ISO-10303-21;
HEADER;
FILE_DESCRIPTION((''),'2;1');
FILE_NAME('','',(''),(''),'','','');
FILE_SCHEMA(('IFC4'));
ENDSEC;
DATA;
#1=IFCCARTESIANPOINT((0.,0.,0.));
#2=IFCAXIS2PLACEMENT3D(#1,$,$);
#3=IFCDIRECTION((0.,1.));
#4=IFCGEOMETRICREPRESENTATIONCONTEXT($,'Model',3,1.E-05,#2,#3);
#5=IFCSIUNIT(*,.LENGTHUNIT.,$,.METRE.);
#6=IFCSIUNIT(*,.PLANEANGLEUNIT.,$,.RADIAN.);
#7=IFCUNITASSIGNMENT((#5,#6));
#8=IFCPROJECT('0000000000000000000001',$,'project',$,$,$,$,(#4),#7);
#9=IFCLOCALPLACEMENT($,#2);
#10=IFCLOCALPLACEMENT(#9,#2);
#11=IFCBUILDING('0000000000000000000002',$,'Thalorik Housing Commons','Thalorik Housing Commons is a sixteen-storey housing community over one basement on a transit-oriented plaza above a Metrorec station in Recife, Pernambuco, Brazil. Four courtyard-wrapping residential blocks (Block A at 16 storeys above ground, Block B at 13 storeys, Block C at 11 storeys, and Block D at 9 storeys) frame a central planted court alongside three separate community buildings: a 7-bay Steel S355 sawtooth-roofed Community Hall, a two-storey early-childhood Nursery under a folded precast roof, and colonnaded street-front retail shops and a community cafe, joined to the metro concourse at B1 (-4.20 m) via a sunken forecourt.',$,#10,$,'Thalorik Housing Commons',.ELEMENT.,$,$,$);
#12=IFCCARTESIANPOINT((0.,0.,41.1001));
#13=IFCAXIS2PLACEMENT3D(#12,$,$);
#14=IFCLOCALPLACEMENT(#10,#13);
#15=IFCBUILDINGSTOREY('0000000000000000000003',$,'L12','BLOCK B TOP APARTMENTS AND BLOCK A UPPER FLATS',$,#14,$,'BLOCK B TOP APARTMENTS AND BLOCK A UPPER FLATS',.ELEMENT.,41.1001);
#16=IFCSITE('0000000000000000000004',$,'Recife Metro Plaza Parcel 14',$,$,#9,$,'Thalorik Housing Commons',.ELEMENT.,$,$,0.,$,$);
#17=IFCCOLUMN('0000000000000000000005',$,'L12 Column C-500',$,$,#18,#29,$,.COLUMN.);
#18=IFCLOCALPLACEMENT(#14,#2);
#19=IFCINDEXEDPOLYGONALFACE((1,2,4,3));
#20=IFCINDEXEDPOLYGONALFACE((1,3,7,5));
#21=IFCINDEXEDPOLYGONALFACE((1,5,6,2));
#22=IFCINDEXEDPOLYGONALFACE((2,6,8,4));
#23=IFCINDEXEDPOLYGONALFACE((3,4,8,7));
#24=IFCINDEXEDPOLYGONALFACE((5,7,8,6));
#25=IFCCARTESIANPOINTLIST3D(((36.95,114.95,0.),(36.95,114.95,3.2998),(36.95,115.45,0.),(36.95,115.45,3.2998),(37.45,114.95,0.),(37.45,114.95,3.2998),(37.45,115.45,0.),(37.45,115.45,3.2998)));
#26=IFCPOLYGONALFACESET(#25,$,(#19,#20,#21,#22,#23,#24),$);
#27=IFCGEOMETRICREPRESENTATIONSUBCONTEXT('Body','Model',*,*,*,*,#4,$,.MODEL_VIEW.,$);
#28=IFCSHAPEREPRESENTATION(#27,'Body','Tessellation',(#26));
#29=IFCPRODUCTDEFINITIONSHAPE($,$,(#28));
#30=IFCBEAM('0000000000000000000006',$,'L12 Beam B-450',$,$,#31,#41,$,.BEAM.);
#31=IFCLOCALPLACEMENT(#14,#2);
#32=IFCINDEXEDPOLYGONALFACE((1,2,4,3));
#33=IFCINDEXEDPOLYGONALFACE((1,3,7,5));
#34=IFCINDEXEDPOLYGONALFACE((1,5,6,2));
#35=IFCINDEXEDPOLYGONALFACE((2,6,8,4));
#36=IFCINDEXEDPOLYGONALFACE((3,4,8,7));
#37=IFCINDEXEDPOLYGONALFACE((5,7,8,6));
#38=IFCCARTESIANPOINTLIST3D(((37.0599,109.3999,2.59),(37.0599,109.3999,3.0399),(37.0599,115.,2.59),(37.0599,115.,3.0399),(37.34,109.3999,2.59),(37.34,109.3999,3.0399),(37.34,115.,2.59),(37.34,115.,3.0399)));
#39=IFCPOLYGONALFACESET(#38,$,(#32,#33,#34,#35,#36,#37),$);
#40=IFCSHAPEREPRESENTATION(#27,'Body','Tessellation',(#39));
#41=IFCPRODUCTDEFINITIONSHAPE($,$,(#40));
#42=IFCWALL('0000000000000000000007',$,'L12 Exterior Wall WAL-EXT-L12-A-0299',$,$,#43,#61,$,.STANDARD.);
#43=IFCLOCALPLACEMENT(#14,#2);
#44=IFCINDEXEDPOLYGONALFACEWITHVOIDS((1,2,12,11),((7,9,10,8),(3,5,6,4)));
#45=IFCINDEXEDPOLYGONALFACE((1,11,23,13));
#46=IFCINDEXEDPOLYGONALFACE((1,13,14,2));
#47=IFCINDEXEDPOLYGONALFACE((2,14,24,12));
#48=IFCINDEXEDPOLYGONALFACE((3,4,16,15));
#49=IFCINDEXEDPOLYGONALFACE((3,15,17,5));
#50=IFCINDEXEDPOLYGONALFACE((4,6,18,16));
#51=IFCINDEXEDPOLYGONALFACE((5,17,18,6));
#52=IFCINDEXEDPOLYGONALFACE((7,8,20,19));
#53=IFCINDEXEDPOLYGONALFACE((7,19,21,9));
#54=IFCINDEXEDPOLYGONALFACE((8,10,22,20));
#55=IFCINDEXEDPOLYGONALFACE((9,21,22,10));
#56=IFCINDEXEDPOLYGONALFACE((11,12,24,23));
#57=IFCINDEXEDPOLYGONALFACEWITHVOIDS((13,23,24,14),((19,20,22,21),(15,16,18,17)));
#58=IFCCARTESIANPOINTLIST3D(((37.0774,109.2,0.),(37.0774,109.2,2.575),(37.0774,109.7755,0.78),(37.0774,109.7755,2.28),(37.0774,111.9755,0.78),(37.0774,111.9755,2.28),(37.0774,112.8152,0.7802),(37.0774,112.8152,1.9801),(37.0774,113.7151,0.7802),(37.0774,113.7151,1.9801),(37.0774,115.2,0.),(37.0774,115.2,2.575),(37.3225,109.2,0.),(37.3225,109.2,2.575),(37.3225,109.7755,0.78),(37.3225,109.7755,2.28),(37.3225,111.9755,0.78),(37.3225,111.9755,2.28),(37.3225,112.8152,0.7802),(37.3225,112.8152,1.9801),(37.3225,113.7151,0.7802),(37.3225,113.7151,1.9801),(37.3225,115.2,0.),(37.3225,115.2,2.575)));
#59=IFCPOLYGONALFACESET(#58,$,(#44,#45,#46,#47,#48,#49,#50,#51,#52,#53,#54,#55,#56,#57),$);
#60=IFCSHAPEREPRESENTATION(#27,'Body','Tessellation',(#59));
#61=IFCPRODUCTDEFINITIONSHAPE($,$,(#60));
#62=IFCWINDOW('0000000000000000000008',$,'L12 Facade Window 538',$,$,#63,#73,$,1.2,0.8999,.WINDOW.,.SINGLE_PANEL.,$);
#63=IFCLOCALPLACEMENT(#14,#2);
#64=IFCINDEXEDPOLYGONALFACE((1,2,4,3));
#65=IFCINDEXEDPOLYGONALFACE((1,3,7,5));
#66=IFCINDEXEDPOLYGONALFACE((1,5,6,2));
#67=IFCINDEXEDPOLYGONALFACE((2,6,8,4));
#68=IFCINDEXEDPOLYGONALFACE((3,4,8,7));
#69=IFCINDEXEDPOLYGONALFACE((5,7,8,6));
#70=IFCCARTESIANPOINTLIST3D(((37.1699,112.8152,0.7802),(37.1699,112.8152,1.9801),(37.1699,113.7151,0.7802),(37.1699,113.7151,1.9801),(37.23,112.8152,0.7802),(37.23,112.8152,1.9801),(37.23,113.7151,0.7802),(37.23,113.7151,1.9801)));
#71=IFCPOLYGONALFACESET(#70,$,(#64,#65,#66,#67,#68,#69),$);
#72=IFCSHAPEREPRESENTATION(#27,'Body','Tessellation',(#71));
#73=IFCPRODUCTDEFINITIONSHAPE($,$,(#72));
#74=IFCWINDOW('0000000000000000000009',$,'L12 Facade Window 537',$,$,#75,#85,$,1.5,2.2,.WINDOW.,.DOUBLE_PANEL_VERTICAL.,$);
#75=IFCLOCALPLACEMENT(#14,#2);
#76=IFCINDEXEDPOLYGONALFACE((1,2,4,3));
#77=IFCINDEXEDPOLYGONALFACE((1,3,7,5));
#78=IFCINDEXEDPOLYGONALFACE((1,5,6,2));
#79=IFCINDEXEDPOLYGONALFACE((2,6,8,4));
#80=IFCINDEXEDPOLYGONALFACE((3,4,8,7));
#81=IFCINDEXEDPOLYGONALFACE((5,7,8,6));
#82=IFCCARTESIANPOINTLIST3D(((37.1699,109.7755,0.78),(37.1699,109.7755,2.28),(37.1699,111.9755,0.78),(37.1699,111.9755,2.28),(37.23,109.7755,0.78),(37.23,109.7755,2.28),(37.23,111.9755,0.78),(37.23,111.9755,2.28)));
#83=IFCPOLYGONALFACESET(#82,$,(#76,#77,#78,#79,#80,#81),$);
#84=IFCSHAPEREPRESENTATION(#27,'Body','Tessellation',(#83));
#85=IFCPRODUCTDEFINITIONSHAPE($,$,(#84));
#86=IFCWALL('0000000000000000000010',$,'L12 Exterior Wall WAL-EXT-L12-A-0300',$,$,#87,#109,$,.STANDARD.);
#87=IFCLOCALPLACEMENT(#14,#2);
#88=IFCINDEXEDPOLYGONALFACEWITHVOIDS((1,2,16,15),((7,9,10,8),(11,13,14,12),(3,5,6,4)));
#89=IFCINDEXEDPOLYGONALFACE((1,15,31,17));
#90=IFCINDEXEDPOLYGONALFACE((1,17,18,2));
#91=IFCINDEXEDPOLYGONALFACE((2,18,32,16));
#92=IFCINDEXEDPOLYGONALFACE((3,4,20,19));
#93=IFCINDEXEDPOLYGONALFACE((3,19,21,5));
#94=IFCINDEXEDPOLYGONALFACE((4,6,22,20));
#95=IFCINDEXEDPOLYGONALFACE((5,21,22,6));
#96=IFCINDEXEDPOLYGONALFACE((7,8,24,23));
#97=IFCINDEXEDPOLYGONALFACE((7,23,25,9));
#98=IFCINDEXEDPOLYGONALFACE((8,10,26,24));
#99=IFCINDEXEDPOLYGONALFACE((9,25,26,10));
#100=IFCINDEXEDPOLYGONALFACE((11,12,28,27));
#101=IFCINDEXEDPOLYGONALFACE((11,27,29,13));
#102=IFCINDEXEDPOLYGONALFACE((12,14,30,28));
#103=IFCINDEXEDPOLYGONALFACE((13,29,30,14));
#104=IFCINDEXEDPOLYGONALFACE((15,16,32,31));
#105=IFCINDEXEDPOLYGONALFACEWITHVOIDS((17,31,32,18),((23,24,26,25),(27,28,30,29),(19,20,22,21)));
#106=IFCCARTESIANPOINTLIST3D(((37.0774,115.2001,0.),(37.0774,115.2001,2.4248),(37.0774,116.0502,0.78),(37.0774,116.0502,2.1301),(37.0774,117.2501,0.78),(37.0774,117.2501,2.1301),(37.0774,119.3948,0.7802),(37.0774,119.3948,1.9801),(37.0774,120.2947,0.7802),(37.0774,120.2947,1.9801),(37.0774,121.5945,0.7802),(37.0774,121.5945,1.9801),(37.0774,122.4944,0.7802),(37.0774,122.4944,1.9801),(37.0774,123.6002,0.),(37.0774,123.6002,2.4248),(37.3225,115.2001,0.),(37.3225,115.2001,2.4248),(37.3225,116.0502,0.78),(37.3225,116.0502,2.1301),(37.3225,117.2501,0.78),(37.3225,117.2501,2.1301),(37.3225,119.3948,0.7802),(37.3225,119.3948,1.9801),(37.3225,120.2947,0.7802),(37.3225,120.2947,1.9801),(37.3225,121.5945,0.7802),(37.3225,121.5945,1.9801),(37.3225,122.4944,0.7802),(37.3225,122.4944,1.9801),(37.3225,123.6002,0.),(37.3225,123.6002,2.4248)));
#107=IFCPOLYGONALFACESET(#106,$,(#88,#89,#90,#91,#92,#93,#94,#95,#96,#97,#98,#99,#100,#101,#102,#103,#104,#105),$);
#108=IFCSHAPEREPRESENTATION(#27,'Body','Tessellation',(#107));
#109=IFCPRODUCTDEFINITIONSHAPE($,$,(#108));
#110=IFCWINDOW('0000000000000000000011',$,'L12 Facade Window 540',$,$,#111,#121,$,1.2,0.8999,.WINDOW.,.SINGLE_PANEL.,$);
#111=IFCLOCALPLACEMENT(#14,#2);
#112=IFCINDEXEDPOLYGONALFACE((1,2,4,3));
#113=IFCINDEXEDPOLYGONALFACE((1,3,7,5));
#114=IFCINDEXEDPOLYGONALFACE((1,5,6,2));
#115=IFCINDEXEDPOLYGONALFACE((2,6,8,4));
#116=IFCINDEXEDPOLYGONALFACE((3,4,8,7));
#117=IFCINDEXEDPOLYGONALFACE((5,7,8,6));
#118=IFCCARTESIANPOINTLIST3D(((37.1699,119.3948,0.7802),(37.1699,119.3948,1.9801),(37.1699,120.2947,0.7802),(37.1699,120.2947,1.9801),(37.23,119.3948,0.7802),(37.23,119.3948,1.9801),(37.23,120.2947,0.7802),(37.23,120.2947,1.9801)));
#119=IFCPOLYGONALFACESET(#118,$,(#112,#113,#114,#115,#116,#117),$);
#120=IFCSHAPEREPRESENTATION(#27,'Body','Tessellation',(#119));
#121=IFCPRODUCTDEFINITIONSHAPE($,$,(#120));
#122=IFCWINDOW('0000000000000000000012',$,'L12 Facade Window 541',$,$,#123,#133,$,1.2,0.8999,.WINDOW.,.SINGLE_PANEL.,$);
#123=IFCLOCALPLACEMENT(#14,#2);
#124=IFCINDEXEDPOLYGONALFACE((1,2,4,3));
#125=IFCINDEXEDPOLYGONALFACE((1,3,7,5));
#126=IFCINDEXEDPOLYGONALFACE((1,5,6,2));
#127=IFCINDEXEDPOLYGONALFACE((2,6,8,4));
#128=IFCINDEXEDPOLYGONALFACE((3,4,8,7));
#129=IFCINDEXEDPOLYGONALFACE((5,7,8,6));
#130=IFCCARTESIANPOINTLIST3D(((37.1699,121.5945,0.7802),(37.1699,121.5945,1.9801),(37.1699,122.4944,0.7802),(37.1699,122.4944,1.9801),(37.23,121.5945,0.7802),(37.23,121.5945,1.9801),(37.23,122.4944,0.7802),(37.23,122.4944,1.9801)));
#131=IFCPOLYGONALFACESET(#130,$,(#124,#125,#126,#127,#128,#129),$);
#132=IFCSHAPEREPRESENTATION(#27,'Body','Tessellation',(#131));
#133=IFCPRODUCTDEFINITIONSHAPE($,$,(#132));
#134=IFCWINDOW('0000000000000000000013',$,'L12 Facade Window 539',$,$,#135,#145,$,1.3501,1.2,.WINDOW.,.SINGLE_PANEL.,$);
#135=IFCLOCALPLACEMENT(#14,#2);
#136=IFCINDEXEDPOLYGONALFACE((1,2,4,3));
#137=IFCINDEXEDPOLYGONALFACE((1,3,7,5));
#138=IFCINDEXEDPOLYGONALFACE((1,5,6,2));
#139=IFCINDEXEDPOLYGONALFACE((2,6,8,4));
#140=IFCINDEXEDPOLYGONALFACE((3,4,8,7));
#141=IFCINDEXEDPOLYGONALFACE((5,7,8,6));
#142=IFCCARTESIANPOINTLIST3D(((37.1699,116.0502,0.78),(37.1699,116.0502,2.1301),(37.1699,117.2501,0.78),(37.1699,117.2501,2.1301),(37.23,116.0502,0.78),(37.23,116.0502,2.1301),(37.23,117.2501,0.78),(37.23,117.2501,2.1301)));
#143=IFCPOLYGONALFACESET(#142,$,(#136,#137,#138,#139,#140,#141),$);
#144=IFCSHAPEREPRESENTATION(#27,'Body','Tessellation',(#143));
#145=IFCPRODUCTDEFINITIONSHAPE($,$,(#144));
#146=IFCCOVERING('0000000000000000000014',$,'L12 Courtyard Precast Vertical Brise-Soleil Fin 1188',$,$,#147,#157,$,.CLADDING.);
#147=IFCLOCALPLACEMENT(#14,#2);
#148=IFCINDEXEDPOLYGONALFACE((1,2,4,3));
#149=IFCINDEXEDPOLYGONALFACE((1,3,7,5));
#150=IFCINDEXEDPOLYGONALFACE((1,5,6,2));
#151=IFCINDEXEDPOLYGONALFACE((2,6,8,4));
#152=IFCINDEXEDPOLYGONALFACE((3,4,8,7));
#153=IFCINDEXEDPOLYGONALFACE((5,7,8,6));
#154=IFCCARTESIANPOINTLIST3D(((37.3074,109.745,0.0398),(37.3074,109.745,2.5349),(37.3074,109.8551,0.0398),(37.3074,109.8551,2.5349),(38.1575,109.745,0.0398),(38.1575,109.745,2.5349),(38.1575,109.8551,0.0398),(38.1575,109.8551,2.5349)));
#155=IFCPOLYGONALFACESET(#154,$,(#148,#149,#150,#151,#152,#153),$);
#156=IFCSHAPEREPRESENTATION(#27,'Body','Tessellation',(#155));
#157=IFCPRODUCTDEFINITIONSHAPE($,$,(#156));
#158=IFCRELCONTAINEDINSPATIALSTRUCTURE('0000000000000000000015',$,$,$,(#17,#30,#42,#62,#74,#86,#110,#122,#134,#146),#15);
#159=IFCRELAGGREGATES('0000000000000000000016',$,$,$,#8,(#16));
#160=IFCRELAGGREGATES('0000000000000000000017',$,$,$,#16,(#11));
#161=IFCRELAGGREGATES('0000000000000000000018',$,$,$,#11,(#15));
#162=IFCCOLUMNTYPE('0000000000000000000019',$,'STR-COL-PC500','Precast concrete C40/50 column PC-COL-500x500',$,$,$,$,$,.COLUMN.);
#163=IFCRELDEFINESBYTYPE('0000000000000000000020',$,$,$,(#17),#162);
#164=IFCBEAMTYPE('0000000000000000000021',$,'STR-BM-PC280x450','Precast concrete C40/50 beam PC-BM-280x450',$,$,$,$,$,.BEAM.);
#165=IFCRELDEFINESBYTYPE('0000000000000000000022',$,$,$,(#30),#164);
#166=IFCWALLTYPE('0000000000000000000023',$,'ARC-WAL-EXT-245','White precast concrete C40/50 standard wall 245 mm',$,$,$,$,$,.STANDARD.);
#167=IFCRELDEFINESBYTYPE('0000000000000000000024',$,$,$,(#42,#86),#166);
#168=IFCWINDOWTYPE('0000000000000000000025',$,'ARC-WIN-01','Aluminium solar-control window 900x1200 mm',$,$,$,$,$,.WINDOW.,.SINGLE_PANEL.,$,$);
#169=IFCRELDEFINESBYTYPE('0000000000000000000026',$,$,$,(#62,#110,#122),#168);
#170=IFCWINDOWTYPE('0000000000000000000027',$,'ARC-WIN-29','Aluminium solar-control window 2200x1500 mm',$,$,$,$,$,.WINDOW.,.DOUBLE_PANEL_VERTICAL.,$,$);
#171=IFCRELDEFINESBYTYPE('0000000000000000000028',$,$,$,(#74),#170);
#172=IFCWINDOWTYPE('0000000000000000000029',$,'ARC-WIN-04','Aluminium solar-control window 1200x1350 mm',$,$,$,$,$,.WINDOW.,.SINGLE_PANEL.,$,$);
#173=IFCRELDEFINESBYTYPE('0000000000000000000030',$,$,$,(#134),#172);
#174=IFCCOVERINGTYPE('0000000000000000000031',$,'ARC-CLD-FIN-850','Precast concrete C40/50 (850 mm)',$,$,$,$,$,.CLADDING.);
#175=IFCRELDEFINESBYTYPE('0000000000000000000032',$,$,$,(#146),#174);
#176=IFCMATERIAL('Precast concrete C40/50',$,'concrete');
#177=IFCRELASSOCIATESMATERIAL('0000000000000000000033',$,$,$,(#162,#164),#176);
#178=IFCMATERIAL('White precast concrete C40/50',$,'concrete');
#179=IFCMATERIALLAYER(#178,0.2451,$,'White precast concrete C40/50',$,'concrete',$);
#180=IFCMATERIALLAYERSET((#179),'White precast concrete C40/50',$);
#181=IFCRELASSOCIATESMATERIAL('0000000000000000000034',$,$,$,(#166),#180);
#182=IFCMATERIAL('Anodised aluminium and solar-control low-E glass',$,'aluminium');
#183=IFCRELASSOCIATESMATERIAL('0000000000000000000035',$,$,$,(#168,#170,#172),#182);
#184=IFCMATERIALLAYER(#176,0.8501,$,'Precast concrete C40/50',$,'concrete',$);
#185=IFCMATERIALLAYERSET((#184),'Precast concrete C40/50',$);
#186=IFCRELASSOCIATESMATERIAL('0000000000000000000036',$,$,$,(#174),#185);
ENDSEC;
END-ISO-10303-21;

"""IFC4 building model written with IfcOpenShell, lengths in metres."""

from ifc_helpers import new_model, si_unit, direction, frame, frame_2d, origin, origin_2d, place, context, subcontext, project, spatial, rectangle, extrude, material, layer, layer_set, material_profile, profile_set, type_object, element, fill, save


model = new_model("IFC4")

# Units and contexts
model_context = context("Model", 3, precision=1e-05, world=origin(), true_north=direction((0.0, 1.0)))
body_context = subcontext(model_context, "Body", "Model", "MODEL_VIEW")
ifc_project = project(units=[si_unit("LENGTHUNIT", "METRE"), si_unit("PLANEANGLEUNIT", "RADIAN")], contexts=[model_context])

# Site, building, storey
site_placement = place(None, origin())
site = spatial("IfcSite", under=ifc_project, at=site_placement, Name="Recife Metro Plaza Parcel 14", LongName="Thalorik Housing Commons", CompositionType="ELEMENT", RefElevation=0.0)
building_placement = place(site_placement, origin())
building = spatial("IfcBuilding", under=site, at=building_placement, Name="Thalorik Housing Commons", Description="Thalorik Housing Commons is a sixteen-storey housing community over one basement on a transit-oriented plaza above a Metrorec station in Recife, Pernambuco, Brazil. Four courtyard-wrapping residential blocks (Block A at 16 storeys above ground, Block B at 13 storeys, Block C at 11 storeys, and Block D at 9 storeys) frame a central planted court alongside three separate community buildings: a 7-bay Steel S355 sawtooth-roofed Community Hall, a two-storey early-childhood Nursery under a folded precast roof, and colonnaded street-front retail shops and a community cafe, joined to the metro concourse at B1 (-4.20 m) via a sunken forecourt.", LongName="Thalorik Housing Commons", CompositionType="ELEMENT")
storey_placement = place(building_placement, frame((0.0, 0.0, 41.1001)))
storey = spatial("IfcBuildingStorey", under=building, at=storey_placement, Name="L12", Description="BLOCK B TOP APARTMENTS AND BLOCK A UPPER FLATS", LongName="BLOCK B TOP APARTMENTS AND BLOCK A UPPER FLATS", CompositionType="ELEMENT", Elevation=41.1001)

# Column
ifc_material_1 = material(Name="Precast concrete C40/50", Category="concrete")
ifc_material_profile_1 = material_profile(ifc_material_1, rectangle(XDim=0.5, YDim=0.5, at=origin_2d()), Name="PC 500x500", Category="concrete")
ifc_profile_set_1 = profile_set([ifc_material_profile_1], Name="Precast concrete C40/50")
column_type = type_object("IfcColumnType", Name="STR-COL-PC500", Description="Precast concrete C40/50 column PC-COL-500x500", PredefinedType="COLUMN", material=ifc_profile_set_1)
column_placement = place(storey_placement, frame((37.2, 115.2, 0.0), z_axis=(0.0, 0.0, 1.0), x_axis=(1.0, 0.0, 0.0)))
element("IfcColumn", 1, at=column_placement, inside=storey, type_object=column_type, Name="L12 Column C-500", PredefinedType="COLUMN", context=body_context, shape_type="SweptSolid", body=[
    extrude(rectangle(XDim=0.5, YDim=0.5, at=origin_2d()), origin(), (0.0, 0.0, 1.0), 3.2998),
])

# Beam
ifc_material_profile_2 = material_profile(ifc_material_1, rectangle(XDim=0.28, YDim=0.45, at=origin_2d()), Name="PC 280x450", Category="concrete")
ifc_profile_set_2 = profile_set([ifc_material_profile_2], Name="Precast concrete C40/50")
beam_type = type_object("IfcBeamType", Name="STR-BM-PC280x450", Description="Precast concrete C40/50 beam PC-BM-280x450", PredefinedType="BEAM", material=ifc_profile_set_2)
beam_placement = place(storey_placement, frame((37.2, 109.3999, 2.8149), z_axis=(0.0, 1.0, 0.0), x_axis=(-1.0, 0.0, 0.0)))
element("IfcBeam", 2, at=beam_placement, inside=storey, type_object=beam_type, Name="L12 Beam B-450", PredefinedType="BEAM", context=body_context, shape_type="SweptSolid", body=[
    extrude(rectangle(XDim=0.28, YDim=0.45, at=origin_2d()), origin(), (0.0, 0.0, 1.0), 5.6001),
])

# Walls, openings, windows
ifc_material_2 = material(Name="White precast concrete C40/50", Category="concrete")
ifc_layer_1 = layer(ifc_material_2, 0.2451, Name="White precast concrete C40/50", Category="concrete")
ifc_layer_set_1 = layer_set([ifc_layer_1], Name="White precast concrete C40/50")
wall_type = type_object("IfcWallType", Name="ARC-WAL-EXT-245", Description="White precast concrete C40/50 standard wall 245 mm", PredefinedType="STANDARD", material=ifc_layer_set_1)
wall_1_placement = place(storey_placement, frame((37.2, 109.2, 0.0), z_axis=(0.0, 0.0, 1.0), x_axis=(0.0, 1.0, 0.0)))
wall_1 = element("IfcWall", 3, at=wall_1_placement, inside=storey, type_object=wall_type, Name="L12 Exterior Wall WAL-EXT-L12-A-0299", PredefinedType="STANDARD", context=body_context, shape_type="SweptSolid", body=[
    extrude(rectangle(XDim=6.0, YDim=0.2451, at=frame_2d((3.0, 0.0))), origin(), (0.0, 0.0, 1.0), 2.575),
])
opening_1_placement = place(wall_1_placement, frame((0.5754, 0.0, 0.78)))
opening_1 = element("IfcOpeningElement", 4, at=opening_1_placement, cuts=wall_1, PredefinedType="OPENING", context=body_context, shape_type="SweptSolid", body=[
    extrude(rectangle(XDim=2.2, YDim=1.5, at=frame_2d((1.1001, 0.75))), frame((0.0, 0.1326, 0.0), z_axis=(0.0, -1.0, 0.0), x_axis=(1.0, 0.0, 0.0)), (0.0, 0.0, 1.0), 0.2651),
])
opening_2_placement = place(wall_1_placement, frame((3.6152, 0.0, 0.78)))
opening_2 = element("IfcOpeningElement", 5, at=opening_2_placement, cuts=wall_1, PredefinedType="OPENING", context=body_context, shape_type="SweptSolid", body=[
    extrude(rectangle(XDim=0.8999, YDim=1.2, at=frame_2d((0.45, 0.6001))), frame((0.0, 0.1326, 0.0), z_axis=(0.0, -1.0, 0.0), x_axis=(1.0, 0.0, 0.0)), (0.0, 0.0, 1.0), 0.2651),
])
ifc_material_3 = material(Name="Anodised aluminium and solar-control low-E glass", Category="aluminium")
window_type_1 = type_object("IfcWindowType", Name="ARC-WIN-01", Description="Aluminium solar-control window 900x1200 mm", PartitioningType="SINGLE_PANEL", PredefinedType="WINDOW", material=ifc_material_3)
window_1_placement = place(opening_2_placement, origin())
window_1 = element("IfcWindow", 6, at=window_1_placement, inside=storey, type_object=window_type_1, Name="L12 Facade Window 538", OverallHeight=1.2, OverallWidth=0.8999, PartitioningType="SINGLE_PANEL", PredefinedType="WINDOW", context=body_context, shape_type="SweptSolid", body=[
    extrude(rectangle(XDim=0.8999, YDim=1.2, at=frame_2d((0.45, 0.6001))), frame((0.0, 0.03, 0.0), z_axis=(0.0, -1.0, 0.0), x_axis=(1.0, 0.0, 0.0)), (0.0, 0.0, 1.0), 0.0601),
])
fill(opening_2, window_1)
window_type_2 = type_object("IfcWindowType", Name="ARC-WIN-29", Description="Aluminium solar-control window 2200x1500 mm", PartitioningType="DOUBLE_PANEL_VERTICAL", PredefinedType="WINDOW", material=ifc_material_3)
window_2_placement = place(opening_1_placement, origin())
window_2 = element("IfcWindow", 7, at=window_2_placement, inside=storey, type_object=window_type_2, Name="L12 Facade Window 537", OverallHeight=1.5, OverallWidth=2.2, PartitioningType="DOUBLE_PANEL_VERTICAL", PredefinedType="WINDOW", context=body_context, shape_type="SweptSolid", body=[
    extrude(rectangle(XDim=2.2, YDim=1.5, at=frame_2d((1.1001, 0.75))), frame((0.0, 0.03, 0.0), z_axis=(0.0, -1.0, 0.0), x_axis=(1.0, 0.0, 0.0)), (0.0, 0.0, 1.0), 0.0601),
])
fill(opening_1, window_2)
wall_2_placement = place(storey_placement, frame((37.2, 115.2, 0.0), z_axis=(0.0, 0.0, 1.0), x_axis=(0.0, 1.0, 0.0)))
wall_2 = element("IfcWall", 8, at=wall_2_placement, inside=storey, type_object=wall_type, Name="L12 Exterior Wall WAL-EXT-L12-A-0300", PredefinedType="STANDARD", context=body_context, shape_type="SweptSolid", body=[
    extrude(rectangle(XDim=8.4001, YDim=0.2451, at=frame_2d((4.2002, 0.0))), origin(), (0.0, 0.0, 1.0), 2.4248),
])
opening_3_placement = place(wall_2_placement, frame((0.8501, 0.0, 0.78)))
opening_3 = element("IfcOpeningElement", 9, at=opening_3_placement, cuts=wall_2, PredefinedType="OPENING", context=body_context, shape_type="SweptSolid", body=[
    extrude(rectangle(XDim=1.2, YDim=1.3501, at=frame_2d((0.6001, 0.675))), frame((0.0, 0.1326, 0.0), z_axis=(0.0, -1.0, 0.0), x_axis=(1.0, 0.0, 0.0)), (0.0, 0.0, 1.0), 0.2651),
])
opening_4_placement = place(wall_2_placement, frame((4.1948, 0.0, 0.78)))
opening_4 = element("IfcOpeningElement", 10, at=opening_4_placement, cuts=wall_2, PredefinedType="OPENING", context=body_context, shape_type="SweptSolid", body=[
    extrude(rectangle(XDim=0.8999, YDim=1.2, at=frame_2d((0.45, 0.6001))), frame((0.0, 0.1326, 0.0), z_axis=(0.0, -1.0, 0.0), x_axis=(1.0, 0.0, 0.0)), (0.0, 0.0, 1.0), 0.2651),
])
opening_5_placement = place(wall_2_placement, frame((6.3945, 0.0, 0.78)))
opening_5 = element("IfcOpeningElement", 11, at=opening_5_placement, cuts=wall_2, PredefinedType="OPENING", context=body_context, shape_type="SweptSolid", body=[
    extrude(rectangle(XDim=0.8999, YDim=1.2, at=frame_2d((0.45, 0.6001))), frame((0.0, 0.1326, 0.0), z_axis=(0.0, -1.0, 0.0), x_axis=(1.0, 0.0, 0.0)), (0.0, 0.0, 1.0), 0.2651),
])
window_3_placement = place(opening_4_placement, origin())
window_3 = element("IfcWindow", 12, at=window_3_placement, inside=storey, type_object=window_type_1, Name="L12 Facade Window 540", OverallHeight=1.2, OverallWidth=0.8999, PartitioningType="SINGLE_PANEL", PredefinedType="WINDOW", context=body_context, shape_type="SweptSolid", body=[
    extrude(rectangle(XDim=0.8999, YDim=1.2, at=frame_2d((0.45, 0.6001))), frame((0.0, 0.03, 0.0), z_axis=(0.0, -1.0, 0.0), x_axis=(1.0, 0.0, 0.0)), (0.0, 0.0, 1.0), 0.0601),
])
fill(opening_4, window_3)
window_4_placement = place(opening_5_placement, origin())
window_4 = element("IfcWindow", 13, at=window_4_placement, inside=storey, type_object=window_type_1, Name="L12 Facade Window 541", OverallHeight=1.2, OverallWidth=0.8999, PartitioningType="SINGLE_PANEL", PredefinedType="WINDOW", context=body_context, shape_type="SweptSolid", body=[
    extrude(rectangle(XDim=0.8999, YDim=1.2, at=frame_2d((0.45, 0.6001))), frame((0.0, 0.03, 0.0), z_axis=(0.0, -1.0, 0.0), x_axis=(1.0, 0.0, 0.0)), (0.0, 0.0, 1.0), 0.0601),
])
fill(opening_5, window_4)
window_type_3 = type_object("IfcWindowType", Name="ARC-WIN-04", Description="Aluminium solar-control window 1200x1350 mm", PartitioningType="SINGLE_PANEL", PredefinedType="WINDOW", material=ifc_material_3)
window_5_placement = place(opening_3_placement, origin())
window_5 = element("IfcWindow", 14, at=window_5_placement, inside=storey, type_object=window_type_3, Name="L12 Facade Window 539", OverallHeight=1.3501, OverallWidth=1.2, PartitioningType="SINGLE_PANEL", PredefinedType="WINDOW", context=body_context, shape_type="SweptSolid", body=[
    extrude(rectangle(XDim=1.2, YDim=1.3501, at=frame_2d((0.6001, 0.675))), frame((0.0, 0.03, 0.0), z_axis=(0.0, -1.0, 0.0), x_axis=(1.0, 0.0, 0.0)), (0.0, 0.0, 1.0), 0.0601),
])
fill(opening_3, window_5)

# Covering
ifc_layer_2 = layer(ifc_material_1, 0.8501, Name="Precast concrete C40/50", Category="concrete")
ifc_layer_set_2 = layer_set([ifc_layer_2], Name="Precast concrete C40/50")
covering_type_1 = type_object("IfcCoveringType", Name="ARC-CLD-FIN-850", Description="Precast concrete C40/50 (850 mm)", PredefinedType="CLADDING", material=ifc_layer_set_2)
for number, where, z_axis, x_axis, name in (
    (15, (37.7324, 109.8, 0.0398), (0.0, 0.0, 1.0), (0.0, 1.0, 0.0), "L12 Courtyard Precast Vertical Brise-Soleil Fin 1188"),
):
    element("IfcCovering", number, at=place(storey_placement, frame(where, z_axis=z_axis, x_axis=x_axis)), inside=storey, type_object=covering_type_1, Name=name, PredefinedType="CLADDING", context=body_context, shape_type="SweptSolid", body=[
        extrude(rectangle(XDim=0.1101, YDim=0.8501, at=origin_2d()), origin(), (0.0, 0.0, 1.0), 2.4951),
    ])

save(model, "model.ifc")
